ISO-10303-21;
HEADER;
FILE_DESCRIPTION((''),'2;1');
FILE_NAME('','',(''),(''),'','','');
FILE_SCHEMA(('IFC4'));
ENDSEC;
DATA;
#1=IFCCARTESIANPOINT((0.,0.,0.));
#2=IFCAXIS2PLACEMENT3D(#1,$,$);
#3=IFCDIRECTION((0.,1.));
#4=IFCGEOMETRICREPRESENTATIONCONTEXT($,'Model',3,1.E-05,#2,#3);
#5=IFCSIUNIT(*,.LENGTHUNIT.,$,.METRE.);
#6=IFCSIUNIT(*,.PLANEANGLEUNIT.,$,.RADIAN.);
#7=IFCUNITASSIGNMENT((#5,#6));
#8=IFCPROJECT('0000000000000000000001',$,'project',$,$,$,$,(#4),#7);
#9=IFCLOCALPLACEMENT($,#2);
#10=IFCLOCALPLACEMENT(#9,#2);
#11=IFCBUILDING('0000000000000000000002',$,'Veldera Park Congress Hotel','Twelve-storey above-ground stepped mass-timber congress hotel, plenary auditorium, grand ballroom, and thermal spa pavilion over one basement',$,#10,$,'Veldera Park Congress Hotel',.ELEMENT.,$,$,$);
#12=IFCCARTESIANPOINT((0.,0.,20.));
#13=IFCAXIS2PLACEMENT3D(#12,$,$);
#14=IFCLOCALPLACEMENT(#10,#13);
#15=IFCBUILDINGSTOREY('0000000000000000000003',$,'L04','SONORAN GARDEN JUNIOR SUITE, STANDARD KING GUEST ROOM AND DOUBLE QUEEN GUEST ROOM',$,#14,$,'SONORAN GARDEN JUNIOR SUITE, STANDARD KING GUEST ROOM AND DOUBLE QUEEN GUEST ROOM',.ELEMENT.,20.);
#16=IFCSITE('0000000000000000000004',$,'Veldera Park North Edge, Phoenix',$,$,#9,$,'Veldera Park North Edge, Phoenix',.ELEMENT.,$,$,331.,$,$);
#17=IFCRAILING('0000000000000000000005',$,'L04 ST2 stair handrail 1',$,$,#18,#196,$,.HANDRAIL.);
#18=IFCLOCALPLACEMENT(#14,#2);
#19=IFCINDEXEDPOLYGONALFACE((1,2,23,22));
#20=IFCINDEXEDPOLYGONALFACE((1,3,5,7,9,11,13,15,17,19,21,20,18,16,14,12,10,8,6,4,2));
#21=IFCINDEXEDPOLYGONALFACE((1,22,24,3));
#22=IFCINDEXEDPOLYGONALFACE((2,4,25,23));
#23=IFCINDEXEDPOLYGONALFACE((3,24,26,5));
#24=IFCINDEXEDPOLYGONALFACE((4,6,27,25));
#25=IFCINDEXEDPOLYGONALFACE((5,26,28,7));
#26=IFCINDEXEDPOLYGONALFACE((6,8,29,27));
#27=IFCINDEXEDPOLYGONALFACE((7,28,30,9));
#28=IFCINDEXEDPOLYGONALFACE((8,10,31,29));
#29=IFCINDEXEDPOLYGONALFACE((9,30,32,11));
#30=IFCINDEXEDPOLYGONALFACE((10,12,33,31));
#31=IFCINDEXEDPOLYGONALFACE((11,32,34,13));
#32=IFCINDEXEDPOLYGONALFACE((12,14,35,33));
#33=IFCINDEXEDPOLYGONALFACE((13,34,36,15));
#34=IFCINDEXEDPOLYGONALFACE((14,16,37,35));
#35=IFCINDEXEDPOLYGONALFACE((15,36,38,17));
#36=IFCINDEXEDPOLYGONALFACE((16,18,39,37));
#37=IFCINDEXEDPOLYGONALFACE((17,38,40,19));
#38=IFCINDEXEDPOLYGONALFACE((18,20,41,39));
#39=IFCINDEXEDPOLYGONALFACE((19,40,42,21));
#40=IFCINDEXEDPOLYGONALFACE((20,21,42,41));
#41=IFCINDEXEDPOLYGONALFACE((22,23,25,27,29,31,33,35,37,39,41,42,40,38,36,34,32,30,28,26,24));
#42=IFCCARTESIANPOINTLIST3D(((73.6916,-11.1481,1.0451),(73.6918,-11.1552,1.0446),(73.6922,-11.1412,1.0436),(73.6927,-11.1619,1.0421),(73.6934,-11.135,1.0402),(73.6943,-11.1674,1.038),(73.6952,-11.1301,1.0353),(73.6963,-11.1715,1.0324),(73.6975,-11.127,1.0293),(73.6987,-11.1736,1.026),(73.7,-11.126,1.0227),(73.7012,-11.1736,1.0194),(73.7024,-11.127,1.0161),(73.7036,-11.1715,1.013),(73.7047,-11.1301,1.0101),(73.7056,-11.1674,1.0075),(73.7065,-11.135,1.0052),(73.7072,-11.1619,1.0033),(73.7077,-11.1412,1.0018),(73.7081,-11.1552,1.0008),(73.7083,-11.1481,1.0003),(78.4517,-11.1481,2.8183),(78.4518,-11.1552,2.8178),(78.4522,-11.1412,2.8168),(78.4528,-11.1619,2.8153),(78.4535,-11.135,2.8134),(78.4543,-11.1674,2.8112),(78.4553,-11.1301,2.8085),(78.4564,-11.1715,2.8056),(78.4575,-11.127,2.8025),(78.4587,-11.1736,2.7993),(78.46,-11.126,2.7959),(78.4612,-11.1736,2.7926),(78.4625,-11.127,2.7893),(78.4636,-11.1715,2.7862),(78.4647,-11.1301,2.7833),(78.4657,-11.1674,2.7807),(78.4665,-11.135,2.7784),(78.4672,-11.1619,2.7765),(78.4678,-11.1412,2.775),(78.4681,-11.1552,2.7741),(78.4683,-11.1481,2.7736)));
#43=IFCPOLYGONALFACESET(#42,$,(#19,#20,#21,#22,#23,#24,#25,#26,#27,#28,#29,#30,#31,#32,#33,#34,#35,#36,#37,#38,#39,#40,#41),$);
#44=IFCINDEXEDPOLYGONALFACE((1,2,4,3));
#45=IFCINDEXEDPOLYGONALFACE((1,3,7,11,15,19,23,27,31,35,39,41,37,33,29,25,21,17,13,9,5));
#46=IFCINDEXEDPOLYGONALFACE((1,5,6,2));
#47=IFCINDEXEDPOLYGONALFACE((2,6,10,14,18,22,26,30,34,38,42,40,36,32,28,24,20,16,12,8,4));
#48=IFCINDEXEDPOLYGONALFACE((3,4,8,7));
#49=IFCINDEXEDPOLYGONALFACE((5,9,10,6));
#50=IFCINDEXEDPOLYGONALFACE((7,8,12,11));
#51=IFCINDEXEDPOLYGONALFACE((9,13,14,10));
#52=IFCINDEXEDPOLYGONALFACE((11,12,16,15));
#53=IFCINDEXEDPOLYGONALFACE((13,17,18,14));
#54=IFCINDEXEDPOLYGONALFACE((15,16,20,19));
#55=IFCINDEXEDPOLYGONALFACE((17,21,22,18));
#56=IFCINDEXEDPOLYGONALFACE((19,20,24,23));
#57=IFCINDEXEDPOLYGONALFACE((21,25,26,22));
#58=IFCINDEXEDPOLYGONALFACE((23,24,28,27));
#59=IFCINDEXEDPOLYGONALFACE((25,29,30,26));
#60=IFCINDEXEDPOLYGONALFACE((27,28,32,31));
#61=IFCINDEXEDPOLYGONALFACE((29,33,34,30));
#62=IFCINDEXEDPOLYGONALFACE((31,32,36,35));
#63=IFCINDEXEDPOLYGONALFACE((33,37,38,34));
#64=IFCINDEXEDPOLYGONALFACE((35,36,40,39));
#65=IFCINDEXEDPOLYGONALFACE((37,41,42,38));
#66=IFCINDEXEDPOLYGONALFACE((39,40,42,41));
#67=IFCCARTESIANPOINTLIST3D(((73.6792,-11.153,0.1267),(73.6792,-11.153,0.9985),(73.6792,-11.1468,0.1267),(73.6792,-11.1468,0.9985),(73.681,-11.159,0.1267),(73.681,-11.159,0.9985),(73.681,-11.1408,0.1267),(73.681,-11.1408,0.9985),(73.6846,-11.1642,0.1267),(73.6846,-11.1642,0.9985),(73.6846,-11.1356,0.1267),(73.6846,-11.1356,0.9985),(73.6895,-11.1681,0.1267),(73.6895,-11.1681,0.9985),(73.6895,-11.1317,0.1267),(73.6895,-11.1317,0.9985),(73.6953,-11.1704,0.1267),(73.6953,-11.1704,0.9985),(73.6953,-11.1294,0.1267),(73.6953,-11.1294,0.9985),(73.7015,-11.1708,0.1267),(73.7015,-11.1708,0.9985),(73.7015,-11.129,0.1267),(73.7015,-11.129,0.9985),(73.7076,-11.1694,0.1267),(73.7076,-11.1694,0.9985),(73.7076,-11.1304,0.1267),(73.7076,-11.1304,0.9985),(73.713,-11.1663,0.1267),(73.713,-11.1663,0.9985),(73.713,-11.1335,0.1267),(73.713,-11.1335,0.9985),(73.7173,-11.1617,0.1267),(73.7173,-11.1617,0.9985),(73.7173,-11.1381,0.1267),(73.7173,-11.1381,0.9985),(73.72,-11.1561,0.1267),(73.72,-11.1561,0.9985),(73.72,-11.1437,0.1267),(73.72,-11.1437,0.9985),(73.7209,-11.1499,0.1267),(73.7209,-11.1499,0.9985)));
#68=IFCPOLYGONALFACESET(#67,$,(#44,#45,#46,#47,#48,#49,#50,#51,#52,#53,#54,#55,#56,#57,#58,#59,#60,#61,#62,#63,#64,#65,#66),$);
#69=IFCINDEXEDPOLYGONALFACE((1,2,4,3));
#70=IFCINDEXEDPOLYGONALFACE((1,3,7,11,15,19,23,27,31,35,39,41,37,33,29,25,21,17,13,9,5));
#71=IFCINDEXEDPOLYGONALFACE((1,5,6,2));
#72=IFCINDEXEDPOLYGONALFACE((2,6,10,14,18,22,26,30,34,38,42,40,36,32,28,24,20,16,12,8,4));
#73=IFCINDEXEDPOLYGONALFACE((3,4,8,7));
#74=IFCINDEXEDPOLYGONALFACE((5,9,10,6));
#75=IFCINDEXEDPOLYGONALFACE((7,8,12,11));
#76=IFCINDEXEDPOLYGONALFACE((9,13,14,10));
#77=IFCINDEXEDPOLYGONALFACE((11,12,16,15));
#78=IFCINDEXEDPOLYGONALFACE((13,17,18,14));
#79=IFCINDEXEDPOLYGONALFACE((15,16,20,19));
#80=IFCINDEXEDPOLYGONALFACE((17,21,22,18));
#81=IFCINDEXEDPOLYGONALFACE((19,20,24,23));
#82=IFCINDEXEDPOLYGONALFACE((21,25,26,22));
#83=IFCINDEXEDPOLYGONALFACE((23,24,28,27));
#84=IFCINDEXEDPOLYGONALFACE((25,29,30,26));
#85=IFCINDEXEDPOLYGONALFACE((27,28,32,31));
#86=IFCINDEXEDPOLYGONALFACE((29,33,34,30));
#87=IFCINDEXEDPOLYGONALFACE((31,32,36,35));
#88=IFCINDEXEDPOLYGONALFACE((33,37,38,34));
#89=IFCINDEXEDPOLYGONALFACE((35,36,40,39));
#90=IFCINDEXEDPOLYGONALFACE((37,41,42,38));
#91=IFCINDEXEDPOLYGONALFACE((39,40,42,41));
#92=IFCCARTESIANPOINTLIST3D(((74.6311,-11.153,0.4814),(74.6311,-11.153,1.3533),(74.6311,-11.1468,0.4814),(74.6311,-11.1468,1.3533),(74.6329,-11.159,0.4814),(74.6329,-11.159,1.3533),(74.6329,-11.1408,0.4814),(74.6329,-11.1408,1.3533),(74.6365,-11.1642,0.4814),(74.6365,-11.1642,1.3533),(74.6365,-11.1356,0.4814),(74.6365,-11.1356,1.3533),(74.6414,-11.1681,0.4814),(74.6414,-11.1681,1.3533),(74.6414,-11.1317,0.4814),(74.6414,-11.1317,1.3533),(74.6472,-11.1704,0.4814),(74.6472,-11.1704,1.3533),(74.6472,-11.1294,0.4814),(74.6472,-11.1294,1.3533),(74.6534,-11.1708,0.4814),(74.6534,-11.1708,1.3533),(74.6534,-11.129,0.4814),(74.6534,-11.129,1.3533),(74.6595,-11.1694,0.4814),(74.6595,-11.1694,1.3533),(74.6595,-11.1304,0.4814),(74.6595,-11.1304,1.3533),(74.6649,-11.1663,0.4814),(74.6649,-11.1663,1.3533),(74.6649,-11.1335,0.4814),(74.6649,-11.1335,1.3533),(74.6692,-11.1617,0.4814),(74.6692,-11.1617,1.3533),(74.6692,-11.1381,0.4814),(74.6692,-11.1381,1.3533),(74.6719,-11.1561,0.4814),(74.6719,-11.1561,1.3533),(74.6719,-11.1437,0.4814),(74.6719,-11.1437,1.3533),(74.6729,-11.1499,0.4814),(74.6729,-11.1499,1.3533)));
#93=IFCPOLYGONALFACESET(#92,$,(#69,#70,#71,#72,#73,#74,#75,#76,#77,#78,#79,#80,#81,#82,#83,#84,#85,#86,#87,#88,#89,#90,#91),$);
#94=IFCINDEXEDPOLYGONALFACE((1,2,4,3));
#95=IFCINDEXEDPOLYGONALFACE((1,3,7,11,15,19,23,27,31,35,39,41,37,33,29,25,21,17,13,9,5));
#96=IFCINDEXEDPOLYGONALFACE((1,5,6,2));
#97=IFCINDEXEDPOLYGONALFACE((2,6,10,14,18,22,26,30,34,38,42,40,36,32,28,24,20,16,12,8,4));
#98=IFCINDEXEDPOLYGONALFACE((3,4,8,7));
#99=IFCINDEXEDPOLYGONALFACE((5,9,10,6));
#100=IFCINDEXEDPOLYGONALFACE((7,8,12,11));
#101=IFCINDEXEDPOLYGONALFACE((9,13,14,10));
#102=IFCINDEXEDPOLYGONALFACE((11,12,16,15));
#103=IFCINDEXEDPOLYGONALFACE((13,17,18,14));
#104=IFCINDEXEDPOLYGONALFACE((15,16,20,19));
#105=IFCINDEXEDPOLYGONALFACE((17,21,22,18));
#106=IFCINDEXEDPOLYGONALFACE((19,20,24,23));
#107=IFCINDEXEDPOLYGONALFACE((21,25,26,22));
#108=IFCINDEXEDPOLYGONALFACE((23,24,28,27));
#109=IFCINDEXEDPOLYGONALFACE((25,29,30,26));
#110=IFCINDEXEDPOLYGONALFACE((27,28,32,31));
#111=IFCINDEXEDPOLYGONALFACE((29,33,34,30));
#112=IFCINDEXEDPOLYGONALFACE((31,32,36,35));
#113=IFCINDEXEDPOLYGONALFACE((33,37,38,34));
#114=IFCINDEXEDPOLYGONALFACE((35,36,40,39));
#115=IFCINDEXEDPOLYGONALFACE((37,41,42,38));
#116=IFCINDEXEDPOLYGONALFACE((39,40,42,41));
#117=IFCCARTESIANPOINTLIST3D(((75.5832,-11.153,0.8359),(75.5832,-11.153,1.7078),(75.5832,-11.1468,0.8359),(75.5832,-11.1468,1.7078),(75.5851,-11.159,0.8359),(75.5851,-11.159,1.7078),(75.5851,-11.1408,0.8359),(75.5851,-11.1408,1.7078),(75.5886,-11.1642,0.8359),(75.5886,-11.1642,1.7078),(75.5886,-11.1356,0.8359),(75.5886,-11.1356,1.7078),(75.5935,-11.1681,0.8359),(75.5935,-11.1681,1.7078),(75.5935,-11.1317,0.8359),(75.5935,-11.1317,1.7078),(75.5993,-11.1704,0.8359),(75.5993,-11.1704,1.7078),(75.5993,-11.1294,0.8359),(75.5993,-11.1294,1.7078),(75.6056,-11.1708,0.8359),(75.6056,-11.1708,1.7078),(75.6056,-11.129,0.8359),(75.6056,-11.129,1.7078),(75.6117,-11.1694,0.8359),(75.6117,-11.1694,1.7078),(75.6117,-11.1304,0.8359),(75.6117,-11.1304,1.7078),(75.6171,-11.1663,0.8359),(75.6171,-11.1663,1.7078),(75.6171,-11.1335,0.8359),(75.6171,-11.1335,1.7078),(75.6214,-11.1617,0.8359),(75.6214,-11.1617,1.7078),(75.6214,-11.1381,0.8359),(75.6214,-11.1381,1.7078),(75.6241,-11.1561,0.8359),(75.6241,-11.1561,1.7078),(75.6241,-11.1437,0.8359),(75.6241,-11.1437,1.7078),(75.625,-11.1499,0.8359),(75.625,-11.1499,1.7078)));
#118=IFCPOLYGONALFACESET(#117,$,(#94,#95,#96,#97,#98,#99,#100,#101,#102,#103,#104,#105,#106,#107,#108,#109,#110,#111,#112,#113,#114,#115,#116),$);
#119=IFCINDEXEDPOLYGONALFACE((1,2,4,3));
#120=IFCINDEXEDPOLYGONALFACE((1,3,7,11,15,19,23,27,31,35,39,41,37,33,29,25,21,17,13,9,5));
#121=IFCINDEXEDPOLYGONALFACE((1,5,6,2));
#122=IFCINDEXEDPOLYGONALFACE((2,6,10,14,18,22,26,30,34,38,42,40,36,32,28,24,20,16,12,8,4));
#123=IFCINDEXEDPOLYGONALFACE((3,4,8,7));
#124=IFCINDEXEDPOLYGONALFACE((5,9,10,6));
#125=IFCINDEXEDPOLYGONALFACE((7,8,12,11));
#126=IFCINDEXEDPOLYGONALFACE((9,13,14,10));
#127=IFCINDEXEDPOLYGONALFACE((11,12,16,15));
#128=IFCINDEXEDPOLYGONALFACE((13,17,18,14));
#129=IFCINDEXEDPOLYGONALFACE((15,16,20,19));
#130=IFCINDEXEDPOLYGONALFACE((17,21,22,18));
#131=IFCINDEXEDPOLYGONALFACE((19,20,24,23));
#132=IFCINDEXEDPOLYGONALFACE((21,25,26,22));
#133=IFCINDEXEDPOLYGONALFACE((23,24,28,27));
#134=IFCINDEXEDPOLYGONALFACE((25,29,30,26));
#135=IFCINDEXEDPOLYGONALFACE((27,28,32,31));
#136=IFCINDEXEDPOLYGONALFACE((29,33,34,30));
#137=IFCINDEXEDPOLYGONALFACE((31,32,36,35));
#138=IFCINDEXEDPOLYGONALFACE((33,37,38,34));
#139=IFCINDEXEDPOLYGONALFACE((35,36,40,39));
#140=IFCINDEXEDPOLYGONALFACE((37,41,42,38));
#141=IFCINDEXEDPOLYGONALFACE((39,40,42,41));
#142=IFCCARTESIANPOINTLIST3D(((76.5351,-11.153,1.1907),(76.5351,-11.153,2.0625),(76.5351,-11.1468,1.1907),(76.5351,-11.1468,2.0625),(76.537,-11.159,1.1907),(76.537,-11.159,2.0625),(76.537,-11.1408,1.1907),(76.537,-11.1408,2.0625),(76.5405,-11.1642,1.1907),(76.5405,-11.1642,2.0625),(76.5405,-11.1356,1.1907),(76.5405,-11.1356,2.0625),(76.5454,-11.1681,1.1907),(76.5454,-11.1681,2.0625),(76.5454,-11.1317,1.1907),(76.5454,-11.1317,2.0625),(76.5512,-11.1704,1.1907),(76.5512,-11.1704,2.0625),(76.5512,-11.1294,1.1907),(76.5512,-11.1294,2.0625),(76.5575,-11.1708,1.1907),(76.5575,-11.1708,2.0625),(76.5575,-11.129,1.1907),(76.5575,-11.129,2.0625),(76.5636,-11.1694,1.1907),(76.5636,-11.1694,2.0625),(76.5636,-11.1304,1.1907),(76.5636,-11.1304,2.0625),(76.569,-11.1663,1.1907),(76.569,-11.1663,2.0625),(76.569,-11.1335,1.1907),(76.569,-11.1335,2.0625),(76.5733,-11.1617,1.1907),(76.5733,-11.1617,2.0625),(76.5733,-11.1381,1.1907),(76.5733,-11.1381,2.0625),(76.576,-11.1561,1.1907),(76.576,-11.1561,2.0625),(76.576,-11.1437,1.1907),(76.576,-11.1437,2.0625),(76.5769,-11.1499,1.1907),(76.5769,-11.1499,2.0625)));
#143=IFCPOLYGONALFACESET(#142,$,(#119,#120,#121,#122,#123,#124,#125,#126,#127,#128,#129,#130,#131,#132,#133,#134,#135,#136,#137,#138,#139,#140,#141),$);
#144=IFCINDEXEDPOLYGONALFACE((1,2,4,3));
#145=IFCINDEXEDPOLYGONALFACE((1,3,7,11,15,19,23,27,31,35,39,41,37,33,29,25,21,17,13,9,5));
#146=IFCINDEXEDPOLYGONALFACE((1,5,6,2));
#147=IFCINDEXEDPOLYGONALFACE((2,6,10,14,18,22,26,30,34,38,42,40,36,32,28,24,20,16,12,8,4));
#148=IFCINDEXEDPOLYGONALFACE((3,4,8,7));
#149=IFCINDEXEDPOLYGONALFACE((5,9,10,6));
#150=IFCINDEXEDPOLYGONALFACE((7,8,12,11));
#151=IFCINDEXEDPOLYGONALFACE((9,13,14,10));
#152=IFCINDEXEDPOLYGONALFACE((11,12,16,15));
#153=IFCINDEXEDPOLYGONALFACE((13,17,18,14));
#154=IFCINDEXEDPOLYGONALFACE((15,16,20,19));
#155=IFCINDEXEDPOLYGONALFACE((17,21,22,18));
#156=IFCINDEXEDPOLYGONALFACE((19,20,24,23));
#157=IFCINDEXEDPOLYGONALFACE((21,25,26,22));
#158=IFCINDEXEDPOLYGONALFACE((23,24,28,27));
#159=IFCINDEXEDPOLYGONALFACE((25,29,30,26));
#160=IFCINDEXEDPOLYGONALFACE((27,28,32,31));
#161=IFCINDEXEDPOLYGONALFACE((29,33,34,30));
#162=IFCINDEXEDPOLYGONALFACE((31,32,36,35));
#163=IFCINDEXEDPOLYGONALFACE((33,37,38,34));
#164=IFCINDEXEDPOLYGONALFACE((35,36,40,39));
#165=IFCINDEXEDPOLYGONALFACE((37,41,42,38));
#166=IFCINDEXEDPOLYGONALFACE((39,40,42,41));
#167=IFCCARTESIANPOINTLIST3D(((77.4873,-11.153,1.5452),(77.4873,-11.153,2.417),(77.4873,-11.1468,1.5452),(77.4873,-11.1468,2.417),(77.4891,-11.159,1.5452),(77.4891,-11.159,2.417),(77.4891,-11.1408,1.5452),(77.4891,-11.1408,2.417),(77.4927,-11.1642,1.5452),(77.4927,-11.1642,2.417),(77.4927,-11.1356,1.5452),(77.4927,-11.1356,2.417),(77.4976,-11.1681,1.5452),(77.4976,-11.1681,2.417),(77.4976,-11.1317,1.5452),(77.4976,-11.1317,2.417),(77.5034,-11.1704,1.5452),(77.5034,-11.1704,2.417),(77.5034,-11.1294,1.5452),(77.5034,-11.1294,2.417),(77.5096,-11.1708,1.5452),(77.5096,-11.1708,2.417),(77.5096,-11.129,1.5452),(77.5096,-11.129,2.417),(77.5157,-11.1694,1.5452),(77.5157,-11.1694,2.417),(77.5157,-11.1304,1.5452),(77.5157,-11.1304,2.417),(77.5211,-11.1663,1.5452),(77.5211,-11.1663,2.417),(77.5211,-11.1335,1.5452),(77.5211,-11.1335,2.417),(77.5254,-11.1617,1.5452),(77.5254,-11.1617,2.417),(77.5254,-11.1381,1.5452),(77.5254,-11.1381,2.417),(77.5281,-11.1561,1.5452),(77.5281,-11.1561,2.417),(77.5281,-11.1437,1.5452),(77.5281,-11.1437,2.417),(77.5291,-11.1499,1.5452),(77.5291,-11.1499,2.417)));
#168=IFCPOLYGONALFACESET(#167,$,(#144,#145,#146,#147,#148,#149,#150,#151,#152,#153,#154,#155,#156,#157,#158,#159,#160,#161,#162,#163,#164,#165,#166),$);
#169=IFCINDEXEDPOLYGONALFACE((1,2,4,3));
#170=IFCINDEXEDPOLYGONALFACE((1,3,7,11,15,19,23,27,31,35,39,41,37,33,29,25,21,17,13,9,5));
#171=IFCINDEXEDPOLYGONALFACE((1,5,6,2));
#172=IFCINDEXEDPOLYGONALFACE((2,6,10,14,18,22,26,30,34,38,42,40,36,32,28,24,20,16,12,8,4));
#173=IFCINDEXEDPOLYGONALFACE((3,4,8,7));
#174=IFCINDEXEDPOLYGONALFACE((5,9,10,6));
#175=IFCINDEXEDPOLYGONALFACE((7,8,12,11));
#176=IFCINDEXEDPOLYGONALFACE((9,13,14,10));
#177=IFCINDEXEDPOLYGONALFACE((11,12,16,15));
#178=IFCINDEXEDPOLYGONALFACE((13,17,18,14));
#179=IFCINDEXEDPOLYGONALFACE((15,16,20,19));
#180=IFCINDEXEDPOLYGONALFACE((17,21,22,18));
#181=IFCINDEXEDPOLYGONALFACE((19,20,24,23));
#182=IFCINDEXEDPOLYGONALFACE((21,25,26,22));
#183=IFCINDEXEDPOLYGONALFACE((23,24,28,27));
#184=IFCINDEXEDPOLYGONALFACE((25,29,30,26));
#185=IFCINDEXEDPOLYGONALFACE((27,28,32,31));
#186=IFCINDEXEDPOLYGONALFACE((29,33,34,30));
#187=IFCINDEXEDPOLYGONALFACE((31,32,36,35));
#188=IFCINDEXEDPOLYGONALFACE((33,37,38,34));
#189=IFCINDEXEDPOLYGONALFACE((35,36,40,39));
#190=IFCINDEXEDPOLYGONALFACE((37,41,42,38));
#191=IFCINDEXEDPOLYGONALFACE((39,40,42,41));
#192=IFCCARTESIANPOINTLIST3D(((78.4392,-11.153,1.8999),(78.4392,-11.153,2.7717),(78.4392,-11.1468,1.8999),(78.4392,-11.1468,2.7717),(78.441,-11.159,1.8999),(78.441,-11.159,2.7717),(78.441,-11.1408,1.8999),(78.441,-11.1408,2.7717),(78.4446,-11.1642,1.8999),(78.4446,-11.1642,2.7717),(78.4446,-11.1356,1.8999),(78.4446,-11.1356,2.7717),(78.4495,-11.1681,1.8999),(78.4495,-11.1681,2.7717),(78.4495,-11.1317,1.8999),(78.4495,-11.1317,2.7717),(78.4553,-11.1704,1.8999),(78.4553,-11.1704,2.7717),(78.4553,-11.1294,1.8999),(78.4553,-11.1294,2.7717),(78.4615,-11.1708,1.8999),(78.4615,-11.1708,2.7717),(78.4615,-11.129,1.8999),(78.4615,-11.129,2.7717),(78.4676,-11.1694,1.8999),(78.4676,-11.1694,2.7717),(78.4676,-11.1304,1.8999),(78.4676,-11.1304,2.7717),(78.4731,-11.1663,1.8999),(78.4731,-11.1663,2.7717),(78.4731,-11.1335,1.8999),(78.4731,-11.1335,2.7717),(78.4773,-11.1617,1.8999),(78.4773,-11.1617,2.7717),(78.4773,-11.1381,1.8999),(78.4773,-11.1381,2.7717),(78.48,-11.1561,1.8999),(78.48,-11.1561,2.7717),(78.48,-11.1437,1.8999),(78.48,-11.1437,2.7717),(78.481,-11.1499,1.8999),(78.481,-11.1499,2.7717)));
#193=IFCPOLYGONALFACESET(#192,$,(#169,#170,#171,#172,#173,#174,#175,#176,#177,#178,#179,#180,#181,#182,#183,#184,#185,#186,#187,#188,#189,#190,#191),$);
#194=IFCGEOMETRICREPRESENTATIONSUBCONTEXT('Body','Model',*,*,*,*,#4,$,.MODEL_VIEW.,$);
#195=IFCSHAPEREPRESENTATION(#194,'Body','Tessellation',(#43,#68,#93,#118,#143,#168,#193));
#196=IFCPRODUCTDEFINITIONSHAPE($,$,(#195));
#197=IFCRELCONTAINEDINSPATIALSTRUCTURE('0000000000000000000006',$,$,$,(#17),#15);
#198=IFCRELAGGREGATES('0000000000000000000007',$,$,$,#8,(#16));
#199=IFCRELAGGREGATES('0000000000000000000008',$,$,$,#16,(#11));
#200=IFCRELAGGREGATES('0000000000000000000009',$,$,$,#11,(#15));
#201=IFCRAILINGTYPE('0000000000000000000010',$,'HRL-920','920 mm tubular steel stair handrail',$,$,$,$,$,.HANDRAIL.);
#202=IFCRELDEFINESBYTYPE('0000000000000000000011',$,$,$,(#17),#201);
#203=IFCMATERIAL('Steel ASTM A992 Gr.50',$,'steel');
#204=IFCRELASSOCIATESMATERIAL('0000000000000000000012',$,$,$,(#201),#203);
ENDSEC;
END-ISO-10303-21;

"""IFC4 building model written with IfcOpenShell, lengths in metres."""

from ifc_helpers import new_model, si_unit, direction, frame, origin, origin_2d, place, context, subcontext, project, spatial, circle, extrude, material, type_object, element, save


model = new_model("IFC4")

# Units and contexts
model_context = context("Model", 3, precision=1e-05, world=origin(), true_north=direction((0.0, 1.0)))
body_context = subcontext(model_context, "Body", "Model", "MODEL_VIEW")
ifc_project = project(units=[si_unit("LENGTHUNIT", "METRE"), si_unit("PLANEANGLEUNIT", "RADIAN")], contexts=[model_context])

# Site, building, storey
site_placement = place(None, origin())
site = spatial("IfcSite", under=ifc_project, at=site_placement, Name="Veldera Park North Edge, Phoenix", LongName="Veldera Park North Edge, Phoenix", CompositionType="ELEMENT", RefElevation=331.0)
building_placement = place(site_placement, origin())
building = spatial("IfcBuilding", under=site, at=building_placement, Name="Veldera Park Congress Hotel", Description="Twelve-storey above-ground stepped mass-timber congress hotel, plenary auditorium, grand ballroom, and thermal spa pavilion over one basement", LongName="Veldera Park Congress Hotel", CompositionType="ELEMENT")
storey_placement = place(building_placement, frame((0.0, 0.0, 20.0)))
storey = spatial("IfcBuildingStorey", under=building, at=storey_placement, Name="L04", Description="SONORAN GARDEN JUNIOR SUITE, STANDARD KING GUEST ROOM AND DOUBLE QUEEN GUEST ROOM", LongName="SONORAN GARDEN JUNIOR SUITE, STANDARD KING GUEST ROOM AND DOUBLE QUEEN GUEST ROOM", CompositionType="ELEMENT", Elevation=20.0)

# Railing
ifc_material_1 = material(Name="Steel ASTM A992 Gr.50", Category="steel")
railing_type_1 = type_object("IfcRailingType", Name="HRL-920", Description="920 mm tubular steel stair handrail", PredefinedType="HANDRAIL", material=ifc_material_1)
railing_1_placement = place(storey_placement, frame((73.7, -11.1499, 0.1267)))
element("IfcRailing", 1, at=railing_1_placement, inside=storey, type_object=railing_type_1, Name="L04 ST2 stair handrail 1", PredefinedType="HANDRAIL", context=body_context, shape_type="SweptSolid", body=[
    extrude(circle(Radius=0.0239, at=origin_2d()), frame((0.0, 0.0, 0.896), z_axis=(0.937091, 0.0, 0.349084), x_axis=(0.0, 1.0, 0.0)), (0.0, 0.0, 1.0), 5.0796),
    extrude(circle(Radius=0.021, at=origin_2d()), origin(), (0.0, 0.0, 1.0), 0.8718),
    extrude(circle(Radius=0.021, at=origin_2d()), frame((0.9519, 0.0, 0.3547)), (0.0, 0.0, 1.0), 0.8718),
    extrude(circle(Radius=0.021, at=origin_2d()), frame((1.9041, 0.0, 0.7092)), (0.0, 0.0, 1.0), 0.8718),
    extrude(circle(Radius=0.021, at=origin_2d()), frame((2.856, 0.0, 1.064)), (0.0, 0.0, 1.0), 0.8718),
    extrude(circle(Radius=0.021, at=origin_2d()), frame((3.8081, 0.0, 1.4185)), (0.0, 0.0, 1.0), 0.8718),
    extrude(circle(Radius=0.021, at=origin_2d()), frame((4.76, 0.0, 1.7732)), (0.0, 0.0, 1.0), 0.8718),
])

save(model, "model.ifc")
